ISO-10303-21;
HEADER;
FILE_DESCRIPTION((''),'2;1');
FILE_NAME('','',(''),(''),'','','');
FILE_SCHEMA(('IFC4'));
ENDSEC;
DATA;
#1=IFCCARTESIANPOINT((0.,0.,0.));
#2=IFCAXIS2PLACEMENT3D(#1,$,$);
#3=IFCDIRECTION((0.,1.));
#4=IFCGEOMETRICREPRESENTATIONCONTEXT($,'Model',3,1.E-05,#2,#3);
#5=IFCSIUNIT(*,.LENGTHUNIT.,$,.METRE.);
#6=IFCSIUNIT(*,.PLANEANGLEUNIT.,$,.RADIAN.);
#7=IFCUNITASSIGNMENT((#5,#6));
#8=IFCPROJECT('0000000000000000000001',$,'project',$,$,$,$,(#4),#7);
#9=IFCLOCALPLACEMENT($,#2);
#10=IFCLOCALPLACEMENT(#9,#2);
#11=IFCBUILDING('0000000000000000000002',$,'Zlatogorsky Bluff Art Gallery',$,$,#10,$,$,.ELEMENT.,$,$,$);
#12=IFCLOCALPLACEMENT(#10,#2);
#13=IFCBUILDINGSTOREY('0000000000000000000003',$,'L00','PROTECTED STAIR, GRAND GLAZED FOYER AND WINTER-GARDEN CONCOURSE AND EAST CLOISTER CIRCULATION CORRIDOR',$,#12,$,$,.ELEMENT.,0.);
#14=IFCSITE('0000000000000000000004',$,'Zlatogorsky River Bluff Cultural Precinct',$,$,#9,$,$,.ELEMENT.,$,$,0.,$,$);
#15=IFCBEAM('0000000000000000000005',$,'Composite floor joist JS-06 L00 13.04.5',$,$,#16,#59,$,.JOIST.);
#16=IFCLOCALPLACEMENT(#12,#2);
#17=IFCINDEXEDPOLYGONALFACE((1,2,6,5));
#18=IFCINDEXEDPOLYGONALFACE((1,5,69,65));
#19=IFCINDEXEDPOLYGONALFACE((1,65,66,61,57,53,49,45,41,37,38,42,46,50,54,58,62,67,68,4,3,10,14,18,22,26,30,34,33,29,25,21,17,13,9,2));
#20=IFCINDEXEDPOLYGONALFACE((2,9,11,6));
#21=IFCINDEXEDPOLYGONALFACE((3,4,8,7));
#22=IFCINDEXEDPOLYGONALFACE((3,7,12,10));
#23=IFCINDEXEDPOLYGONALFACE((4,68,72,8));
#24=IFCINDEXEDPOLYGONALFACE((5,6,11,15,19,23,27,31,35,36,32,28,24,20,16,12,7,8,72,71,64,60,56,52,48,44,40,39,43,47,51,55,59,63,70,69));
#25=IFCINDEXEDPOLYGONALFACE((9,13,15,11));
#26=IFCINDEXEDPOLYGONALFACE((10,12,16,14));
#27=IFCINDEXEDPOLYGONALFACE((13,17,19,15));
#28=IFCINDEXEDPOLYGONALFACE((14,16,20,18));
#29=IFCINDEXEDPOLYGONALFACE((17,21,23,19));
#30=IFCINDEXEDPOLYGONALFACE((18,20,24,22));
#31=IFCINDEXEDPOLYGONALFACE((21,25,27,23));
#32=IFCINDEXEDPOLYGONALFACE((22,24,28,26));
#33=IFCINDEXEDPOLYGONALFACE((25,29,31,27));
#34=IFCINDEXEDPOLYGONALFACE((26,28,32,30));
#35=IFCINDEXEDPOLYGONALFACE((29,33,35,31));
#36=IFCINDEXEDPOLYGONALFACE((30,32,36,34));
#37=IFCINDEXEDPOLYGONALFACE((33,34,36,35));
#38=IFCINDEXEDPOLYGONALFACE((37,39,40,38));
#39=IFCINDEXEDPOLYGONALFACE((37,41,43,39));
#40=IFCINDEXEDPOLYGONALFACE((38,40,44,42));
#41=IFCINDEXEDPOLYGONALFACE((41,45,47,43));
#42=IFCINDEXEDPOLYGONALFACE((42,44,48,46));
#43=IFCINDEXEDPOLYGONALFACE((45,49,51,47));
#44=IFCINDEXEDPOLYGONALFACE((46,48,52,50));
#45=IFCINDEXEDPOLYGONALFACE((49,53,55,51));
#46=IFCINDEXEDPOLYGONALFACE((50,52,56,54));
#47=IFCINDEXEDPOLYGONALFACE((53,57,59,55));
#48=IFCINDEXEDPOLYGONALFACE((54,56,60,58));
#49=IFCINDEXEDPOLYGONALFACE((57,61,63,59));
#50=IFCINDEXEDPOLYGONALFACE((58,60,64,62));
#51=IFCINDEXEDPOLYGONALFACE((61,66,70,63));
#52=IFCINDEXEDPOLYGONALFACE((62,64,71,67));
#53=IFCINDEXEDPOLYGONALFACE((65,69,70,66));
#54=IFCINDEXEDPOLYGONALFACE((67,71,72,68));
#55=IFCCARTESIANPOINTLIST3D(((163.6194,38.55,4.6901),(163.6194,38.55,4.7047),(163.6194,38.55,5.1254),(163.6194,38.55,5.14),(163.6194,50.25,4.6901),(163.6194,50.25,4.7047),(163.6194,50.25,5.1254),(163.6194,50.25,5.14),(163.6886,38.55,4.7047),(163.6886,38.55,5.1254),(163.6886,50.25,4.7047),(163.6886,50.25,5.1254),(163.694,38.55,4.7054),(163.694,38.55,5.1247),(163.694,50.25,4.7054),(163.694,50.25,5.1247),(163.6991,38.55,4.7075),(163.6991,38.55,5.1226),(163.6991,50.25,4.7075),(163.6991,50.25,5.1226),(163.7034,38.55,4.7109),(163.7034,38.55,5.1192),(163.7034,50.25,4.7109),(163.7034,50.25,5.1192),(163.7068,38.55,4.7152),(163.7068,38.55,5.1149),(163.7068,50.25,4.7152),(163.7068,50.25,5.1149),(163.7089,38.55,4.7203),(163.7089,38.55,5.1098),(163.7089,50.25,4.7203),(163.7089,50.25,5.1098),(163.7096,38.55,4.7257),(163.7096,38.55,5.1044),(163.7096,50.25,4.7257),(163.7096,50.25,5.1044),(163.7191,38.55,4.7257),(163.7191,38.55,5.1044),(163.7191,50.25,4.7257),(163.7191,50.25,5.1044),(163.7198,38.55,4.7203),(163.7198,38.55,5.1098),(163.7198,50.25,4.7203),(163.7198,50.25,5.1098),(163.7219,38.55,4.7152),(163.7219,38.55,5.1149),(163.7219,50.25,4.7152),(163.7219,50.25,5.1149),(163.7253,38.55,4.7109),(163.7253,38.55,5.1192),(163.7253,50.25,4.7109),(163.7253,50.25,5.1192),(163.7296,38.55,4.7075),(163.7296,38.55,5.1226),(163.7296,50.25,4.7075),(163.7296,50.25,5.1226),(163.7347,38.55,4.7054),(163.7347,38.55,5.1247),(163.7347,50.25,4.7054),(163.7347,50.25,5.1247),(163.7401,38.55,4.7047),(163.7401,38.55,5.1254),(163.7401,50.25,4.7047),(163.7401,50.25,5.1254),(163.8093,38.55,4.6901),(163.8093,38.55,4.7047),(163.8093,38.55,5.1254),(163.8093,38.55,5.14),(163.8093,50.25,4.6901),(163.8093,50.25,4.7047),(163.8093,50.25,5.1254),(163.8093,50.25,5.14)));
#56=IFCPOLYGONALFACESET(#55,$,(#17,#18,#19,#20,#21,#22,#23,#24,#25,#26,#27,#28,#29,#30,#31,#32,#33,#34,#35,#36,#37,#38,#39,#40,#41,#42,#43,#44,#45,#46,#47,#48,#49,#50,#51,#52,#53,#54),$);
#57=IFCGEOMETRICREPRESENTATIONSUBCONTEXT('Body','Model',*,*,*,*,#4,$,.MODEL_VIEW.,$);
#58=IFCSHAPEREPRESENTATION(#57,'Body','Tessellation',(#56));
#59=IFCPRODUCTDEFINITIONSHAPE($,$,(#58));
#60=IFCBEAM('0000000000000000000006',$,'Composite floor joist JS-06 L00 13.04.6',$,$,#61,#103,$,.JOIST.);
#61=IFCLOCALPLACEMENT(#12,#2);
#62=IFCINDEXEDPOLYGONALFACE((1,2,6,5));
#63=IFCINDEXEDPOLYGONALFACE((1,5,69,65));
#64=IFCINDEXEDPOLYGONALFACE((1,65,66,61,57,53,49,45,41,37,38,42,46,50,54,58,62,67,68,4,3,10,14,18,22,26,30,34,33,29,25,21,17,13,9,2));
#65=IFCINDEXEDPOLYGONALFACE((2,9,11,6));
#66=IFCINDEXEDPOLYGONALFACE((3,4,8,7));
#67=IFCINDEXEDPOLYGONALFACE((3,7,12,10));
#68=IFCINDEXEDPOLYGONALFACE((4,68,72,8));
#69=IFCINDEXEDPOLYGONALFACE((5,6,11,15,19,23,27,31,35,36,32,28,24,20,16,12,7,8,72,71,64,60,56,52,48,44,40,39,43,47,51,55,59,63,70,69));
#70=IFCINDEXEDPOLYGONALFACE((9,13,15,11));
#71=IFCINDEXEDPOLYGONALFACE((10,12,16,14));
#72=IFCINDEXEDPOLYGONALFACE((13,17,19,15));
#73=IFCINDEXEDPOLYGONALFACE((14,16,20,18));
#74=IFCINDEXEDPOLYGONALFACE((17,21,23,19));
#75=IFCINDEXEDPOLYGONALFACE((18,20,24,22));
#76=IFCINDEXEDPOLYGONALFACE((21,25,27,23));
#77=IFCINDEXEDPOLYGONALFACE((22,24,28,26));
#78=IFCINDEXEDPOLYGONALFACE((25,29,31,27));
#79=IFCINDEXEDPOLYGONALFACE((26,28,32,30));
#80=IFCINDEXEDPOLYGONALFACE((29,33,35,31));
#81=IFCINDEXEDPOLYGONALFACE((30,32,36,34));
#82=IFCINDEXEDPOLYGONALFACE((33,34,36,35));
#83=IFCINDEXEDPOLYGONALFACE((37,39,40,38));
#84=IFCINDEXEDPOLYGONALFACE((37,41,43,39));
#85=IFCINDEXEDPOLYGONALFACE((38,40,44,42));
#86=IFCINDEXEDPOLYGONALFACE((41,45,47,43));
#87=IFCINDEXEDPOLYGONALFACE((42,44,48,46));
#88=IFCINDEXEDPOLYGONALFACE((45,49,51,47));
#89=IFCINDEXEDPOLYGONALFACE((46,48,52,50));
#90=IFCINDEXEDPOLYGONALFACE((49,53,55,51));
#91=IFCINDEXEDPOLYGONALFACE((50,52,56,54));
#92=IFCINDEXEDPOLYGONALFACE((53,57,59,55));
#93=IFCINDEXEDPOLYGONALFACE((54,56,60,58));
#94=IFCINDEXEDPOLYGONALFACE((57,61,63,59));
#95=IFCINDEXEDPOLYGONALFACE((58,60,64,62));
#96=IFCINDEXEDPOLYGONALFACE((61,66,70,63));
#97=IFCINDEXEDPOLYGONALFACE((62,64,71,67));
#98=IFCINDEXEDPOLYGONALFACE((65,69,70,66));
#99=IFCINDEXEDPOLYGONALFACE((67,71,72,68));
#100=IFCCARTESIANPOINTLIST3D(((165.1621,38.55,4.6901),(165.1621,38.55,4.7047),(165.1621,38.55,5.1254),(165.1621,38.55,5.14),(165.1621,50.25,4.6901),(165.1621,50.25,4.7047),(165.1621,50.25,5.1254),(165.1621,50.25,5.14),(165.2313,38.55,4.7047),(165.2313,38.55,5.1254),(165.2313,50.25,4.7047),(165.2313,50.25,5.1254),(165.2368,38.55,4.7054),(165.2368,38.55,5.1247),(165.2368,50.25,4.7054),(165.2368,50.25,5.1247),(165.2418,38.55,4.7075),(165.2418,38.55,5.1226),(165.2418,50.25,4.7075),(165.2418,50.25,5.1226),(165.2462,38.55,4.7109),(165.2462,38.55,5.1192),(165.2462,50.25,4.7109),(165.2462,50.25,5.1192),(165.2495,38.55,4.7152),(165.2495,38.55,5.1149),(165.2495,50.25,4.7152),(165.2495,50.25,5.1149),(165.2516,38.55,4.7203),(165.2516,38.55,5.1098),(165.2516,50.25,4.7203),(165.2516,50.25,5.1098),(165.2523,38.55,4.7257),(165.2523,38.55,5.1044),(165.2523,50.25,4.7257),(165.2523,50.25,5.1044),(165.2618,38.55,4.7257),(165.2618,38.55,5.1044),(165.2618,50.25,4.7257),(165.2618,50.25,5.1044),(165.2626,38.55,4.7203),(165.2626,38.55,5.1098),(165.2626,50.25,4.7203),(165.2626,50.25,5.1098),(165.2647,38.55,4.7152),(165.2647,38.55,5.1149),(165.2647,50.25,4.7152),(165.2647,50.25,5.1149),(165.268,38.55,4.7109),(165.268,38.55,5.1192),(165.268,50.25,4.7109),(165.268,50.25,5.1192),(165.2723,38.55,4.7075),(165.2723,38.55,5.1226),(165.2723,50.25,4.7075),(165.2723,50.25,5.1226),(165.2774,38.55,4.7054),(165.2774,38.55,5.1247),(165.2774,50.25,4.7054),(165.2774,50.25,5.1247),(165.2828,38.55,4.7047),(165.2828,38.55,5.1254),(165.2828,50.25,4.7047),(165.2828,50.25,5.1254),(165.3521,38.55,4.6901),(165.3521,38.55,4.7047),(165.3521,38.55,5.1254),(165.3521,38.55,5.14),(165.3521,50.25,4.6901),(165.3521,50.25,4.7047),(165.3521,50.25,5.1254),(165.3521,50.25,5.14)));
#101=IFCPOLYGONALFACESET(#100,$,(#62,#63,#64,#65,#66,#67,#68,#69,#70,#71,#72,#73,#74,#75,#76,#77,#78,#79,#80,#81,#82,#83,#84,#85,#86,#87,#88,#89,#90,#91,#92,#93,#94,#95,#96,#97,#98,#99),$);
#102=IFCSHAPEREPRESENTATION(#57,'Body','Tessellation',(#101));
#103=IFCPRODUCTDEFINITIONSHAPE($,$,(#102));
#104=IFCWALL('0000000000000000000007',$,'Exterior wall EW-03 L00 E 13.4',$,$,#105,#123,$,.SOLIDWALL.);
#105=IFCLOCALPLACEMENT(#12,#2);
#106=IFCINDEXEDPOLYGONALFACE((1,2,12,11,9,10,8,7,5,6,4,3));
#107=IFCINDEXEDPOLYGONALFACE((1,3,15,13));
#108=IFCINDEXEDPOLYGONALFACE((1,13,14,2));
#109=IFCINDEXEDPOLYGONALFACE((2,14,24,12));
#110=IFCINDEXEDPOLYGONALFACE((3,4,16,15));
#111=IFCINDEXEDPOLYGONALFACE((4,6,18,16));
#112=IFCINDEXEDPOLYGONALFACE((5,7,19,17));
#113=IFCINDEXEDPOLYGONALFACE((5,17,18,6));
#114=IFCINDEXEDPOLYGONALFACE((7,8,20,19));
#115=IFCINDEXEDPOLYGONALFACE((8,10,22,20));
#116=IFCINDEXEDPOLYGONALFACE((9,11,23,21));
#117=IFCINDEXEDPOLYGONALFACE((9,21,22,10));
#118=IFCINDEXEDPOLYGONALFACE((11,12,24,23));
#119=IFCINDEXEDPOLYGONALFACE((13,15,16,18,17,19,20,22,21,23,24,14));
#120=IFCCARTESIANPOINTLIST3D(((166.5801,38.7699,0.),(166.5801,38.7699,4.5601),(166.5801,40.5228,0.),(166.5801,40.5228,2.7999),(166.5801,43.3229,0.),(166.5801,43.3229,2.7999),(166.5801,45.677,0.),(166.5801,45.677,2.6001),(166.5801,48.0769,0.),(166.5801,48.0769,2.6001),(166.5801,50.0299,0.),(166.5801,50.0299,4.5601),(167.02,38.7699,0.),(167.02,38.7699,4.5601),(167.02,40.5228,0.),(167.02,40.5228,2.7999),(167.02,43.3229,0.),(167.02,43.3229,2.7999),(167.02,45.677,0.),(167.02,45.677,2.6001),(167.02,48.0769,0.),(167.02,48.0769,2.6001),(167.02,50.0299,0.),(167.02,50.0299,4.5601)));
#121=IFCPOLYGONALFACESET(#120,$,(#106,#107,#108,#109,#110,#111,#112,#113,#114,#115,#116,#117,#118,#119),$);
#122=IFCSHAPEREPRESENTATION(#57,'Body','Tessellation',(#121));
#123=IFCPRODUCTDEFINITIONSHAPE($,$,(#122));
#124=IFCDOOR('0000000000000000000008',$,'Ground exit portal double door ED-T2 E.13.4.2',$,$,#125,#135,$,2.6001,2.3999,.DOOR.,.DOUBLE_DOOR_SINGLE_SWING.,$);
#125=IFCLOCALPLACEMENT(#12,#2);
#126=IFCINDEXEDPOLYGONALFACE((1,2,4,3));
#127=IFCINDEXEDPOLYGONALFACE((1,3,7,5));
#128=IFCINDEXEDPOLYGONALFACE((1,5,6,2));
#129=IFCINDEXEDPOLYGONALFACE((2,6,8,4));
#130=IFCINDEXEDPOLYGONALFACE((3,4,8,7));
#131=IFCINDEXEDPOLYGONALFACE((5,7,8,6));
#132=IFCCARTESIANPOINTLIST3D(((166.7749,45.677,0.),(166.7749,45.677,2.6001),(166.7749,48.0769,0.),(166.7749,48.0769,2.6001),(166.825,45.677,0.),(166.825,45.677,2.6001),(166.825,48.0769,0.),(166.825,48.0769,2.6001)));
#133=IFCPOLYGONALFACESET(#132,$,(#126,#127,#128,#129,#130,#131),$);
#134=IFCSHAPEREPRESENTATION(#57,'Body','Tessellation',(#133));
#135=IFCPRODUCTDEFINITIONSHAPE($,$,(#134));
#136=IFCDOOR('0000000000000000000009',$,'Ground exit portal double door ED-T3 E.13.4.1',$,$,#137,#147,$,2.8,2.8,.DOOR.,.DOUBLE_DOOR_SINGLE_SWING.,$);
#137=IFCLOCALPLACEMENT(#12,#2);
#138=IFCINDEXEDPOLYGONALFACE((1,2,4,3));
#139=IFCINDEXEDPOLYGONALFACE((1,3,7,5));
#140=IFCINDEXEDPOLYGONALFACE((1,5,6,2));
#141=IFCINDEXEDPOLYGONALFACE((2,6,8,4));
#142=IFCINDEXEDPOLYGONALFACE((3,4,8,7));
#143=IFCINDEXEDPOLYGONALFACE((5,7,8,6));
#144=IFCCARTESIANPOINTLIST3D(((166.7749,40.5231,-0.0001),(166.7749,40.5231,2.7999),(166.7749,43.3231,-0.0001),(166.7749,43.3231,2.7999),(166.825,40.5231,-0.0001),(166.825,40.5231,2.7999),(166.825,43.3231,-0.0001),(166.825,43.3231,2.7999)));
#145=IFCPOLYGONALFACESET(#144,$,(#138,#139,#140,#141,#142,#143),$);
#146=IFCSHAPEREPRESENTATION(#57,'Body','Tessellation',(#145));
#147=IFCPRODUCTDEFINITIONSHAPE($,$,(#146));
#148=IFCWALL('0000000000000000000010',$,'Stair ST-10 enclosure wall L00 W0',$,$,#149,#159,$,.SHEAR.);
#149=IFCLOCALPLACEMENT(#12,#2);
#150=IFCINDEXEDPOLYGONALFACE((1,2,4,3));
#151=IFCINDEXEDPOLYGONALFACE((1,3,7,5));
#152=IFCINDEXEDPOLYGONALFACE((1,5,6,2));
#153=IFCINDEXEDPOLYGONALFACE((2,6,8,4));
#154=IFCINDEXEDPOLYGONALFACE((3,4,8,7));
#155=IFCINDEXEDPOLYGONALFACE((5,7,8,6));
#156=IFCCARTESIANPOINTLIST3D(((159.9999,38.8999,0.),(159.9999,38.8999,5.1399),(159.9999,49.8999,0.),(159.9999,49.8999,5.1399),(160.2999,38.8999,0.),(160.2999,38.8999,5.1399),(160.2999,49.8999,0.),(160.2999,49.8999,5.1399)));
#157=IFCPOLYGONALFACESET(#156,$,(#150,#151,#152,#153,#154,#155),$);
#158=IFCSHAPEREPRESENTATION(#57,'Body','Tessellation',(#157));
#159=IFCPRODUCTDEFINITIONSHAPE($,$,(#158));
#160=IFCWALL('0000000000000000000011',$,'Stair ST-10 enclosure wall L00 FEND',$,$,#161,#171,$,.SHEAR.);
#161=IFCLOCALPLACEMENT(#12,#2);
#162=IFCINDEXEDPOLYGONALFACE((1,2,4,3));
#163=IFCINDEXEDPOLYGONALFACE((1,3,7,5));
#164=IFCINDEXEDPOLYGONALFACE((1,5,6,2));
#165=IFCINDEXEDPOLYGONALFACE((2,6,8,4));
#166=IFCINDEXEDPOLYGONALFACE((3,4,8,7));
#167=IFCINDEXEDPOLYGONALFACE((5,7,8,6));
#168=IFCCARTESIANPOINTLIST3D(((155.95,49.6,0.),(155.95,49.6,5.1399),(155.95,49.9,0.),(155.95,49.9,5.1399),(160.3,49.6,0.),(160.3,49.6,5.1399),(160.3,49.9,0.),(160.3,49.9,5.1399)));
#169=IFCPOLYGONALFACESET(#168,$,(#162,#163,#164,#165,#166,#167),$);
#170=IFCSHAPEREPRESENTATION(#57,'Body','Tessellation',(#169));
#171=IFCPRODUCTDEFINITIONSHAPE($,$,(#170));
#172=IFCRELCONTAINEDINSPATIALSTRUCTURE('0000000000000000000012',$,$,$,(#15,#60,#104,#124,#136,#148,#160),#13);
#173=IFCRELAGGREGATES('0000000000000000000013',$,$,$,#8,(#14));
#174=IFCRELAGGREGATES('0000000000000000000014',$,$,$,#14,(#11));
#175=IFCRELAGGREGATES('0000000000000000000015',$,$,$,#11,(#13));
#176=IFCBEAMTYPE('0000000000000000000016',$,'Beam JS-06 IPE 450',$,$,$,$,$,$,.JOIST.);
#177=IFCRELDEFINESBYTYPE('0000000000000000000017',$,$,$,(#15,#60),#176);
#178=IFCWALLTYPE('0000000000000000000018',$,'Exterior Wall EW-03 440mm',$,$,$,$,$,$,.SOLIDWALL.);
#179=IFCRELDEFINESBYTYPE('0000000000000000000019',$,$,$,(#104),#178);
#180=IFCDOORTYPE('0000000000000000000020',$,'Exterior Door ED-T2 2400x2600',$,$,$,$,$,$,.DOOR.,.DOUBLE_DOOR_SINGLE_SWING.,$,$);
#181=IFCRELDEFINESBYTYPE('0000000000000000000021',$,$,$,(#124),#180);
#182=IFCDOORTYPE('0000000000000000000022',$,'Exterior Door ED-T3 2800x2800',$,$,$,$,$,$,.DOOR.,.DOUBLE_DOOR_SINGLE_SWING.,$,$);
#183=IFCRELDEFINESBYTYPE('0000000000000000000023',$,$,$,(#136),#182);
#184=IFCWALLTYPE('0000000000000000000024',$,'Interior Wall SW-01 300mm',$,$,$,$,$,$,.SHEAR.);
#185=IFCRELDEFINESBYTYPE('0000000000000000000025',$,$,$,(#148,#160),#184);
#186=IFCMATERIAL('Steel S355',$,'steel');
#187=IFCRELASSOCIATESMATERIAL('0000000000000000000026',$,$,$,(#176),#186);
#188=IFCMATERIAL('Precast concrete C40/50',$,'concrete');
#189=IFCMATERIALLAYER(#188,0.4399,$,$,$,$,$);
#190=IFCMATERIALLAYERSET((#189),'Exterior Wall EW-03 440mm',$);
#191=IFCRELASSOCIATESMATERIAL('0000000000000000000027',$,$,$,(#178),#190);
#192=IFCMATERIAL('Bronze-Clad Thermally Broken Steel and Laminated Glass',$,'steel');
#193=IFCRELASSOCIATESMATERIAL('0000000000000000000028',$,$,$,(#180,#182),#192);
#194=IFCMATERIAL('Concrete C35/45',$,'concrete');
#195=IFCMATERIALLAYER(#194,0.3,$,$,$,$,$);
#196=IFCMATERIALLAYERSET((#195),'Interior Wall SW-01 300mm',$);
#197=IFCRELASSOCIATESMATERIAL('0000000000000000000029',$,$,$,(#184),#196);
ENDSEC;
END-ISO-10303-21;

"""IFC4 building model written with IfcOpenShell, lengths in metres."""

from ifc_helpers import new_model, si_unit, direction, frame, frame_2d, origin, origin_2d, place, context, subcontext, project, spatial, rectangle, i_section, extrude, material, layer, layer_set, material_profile, profile_set, type_object, element, fill, save


model = new_model("IFC4")

# Units and contexts
model_context = context("Model", 3, precision=1e-05, world=origin(), true_north=direction((0.0, 1.0)))
body_context = subcontext(model_context, "Body", "Model", "MODEL_VIEW")
ifc_project = project(units=[si_unit("LENGTHUNIT", "METRE"), si_unit("PLANEANGLEUNIT", "RADIAN")], contexts=[model_context])

# Site, building, storey
site_placement = place(None, origin())
site = spatial("IfcSite", under=ifc_project, at=site_placement, Name="Zlatogorsky River Bluff Cultural Precinct", CompositionType="ELEMENT", RefElevation=0.0)
building_placement = place(site_placement, origin())
building = spatial("IfcBuilding", under=site, at=building_placement, Name="Zlatogorsky Bluff Art Gallery", CompositionType="ELEMENT")
storey_placement = place(building_placement, origin())
storey = spatial("IfcBuildingStorey", under=building, at=storey_placement, Name="L00", Description="PROTECTED STAIR, GRAND GLAZED FOYER AND WINTER-GARDEN CONCOURSE AND EAST CLOISTER CIRCULATION CORRIDOR", CompositionType="ELEMENT", Elevation=0.0)

# Shared definitions
ifc_material_1 = material(Name="Concrete C35/45", Category="concrete")

# Beams
ifc_material_2 = material(Name="Steel S355", Category="steel")
ifc_material_profile_1 = material_profile(ifc_material_2, i_section(OverallWidth=0.1899, OverallDepth=0.45, WebThickness=0.0095, FlangeThickness=0.0146, FilletRadius=0.021, at=origin_2d()), Name="IPE 450")
ifc_profile_set_1 = profile_set([ifc_material_profile_1], Name="Steel S355")
beam_type_1 = type_object("IfcBeamType", Name="Beam JS-06 IPE 450", PredefinedType="JOIST", material=ifc_profile_set_1)
for number, where, z_axis, x_axis, name in (
    (1, (163.7144, 38.55, 4.915), (0.0, 1.0, 0.0), (-1.0, 0.0, 0.0), "Composite floor joist JS-06 L00 13.04.5"),
    (2, (165.2571, 38.55, 4.915), (0.0, 1.0, 0.0), (-1.0, 0.0, 0.0), "Composite floor joist JS-06 L00 13.04.6"),
):
    element("IfcBeam", number, at=place(storey_placement, frame(where, z_axis=z_axis, x_axis=x_axis)), inside=storey, type_object=beam_type_1, Name=name, PredefinedType="JOIST", context=body_context, shape_type="SweptSolid", body=[
        extrude(i_section(OverallWidth=0.1899, OverallDepth=0.45, WebThickness=0.0095, FlangeThickness=0.0146, FilletRadius=0.021, at=origin_2d()), origin(), (0.0, 0.0, 1.0), 11.7),
    ])

# Wall, openings, doors
ifc_material_3 = material(Name="Precast concrete C40/50", Category="concrete")
ifc_layer_1 = layer(ifc_material_3, 0.4399)
ifc_layer_set_1 = layer_set([ifc_layer_1], Name="Exterior Wall EW-03 440mm")
wall_type_1 = type_object("IfcWallType", Name="Exterior Wall EW-03 440mm", PredefinedType="SOLIDWALL", material=ifc_layer_set_1)
wall_1_placement = place(storey_placement, frame((166.8, 38.77, 0.0), z_axis=(0.0, 0.0, 1.0), x_axis=(0.0, 1.0, 0.0)))
wall_1 = element("IfcWall", 3, at=wall_1_placement, inside=storey, type_object=wall_type_1, Name="Exterior wall EW-03 L00 E 13.4", PredefinedType="SOLIDWALL", context=body_context, shape_type="SweptSolid", body=[
    extrude(rectangle(XDim=11.26, YDim=0.4399, at=frame_2d((5.6299, 0.0))), origin(), (0.0, 0.0, 1.0), 4.5601),
])
opening_1_placement = place(wall_1_placement, frame((1.7529, 0.0, 0.0)))
opening_1 = element("IfcOpeningElement", 4, at=opening_1_placement, cuts=wall_1, PredefinedType="OPENING", context=body_context, shape_type="SweptSolid", body=[
    extrude(rectangle(XDim=2.8, YDim=2.8, at=frame_2d((1.3999, 1.3999))), frame((0.0, 0.23, 0.0), z_axis=(0.0, -1.0, 0.0), x_axis=(1.0, 0.0, 0.0)), (0.0, 0.0, 1.0), 0.46),
])
opening_2_placement = place(wall_1_placement, frame((6.907, 0.0, 0.0)))
opening_2 = element("IfcOpeningElement", 5, at=opening_2_placement, cuts=wall_1, PredefinedType="OPENING", context=body_context, shape_type="SweptSolid", body=[
    extrude(rectangle(XDim=2.3999, YDim=2.6001, at=frame_2d((1.2, 1.3))), frame((0.0, 0.23, 0.0), z_axis=(0.0, -1.0, 0.0), x_axis=(1.0, 0.0, 0.0)), (0.0, 0.0, 1.0), 0.46),
])
ifc_material_4 = material(Name="Bronze-Clad Thermally Broken Steel and Laminated Glass", Category="steel")
door_type_1 = type_object("IfcDoorType", Name="Exterior Door ED-T2 2400x2600", OperationType="DOUBLE_DOOR_SINGLE_SWING", PredefinedType="DOOR", material=ifc_material_4)
door_1_placement = place(opening_2_placement, frame((2.3999, 0.0, 0.0), z_axis=(0.0, 0.0, 1.0), x_axis=(-1.0, 0.0, 0.0)))
door_1 = element("IfcDoor", 6, at=door_1_placement, inside=storey, type_object=door_type_1, Name="Ground exit portal double door ED-T2 E.13.4.2", OperationType="DOUBLE_DOOR_SINGLE_SWING", OverallHeight=2.6001, OverallWidth=2.3999, PredefinedType="DOOR", context=body_context, shape_type="SweptSolid", body=[
    extrude(rectangle(XDim=2.3999, YDim=2.6001, at=frame_2d((1.2, 1.3))), frame((0.0, 0.0249, 0.0), z_axis=(0.0, -1.0, 0.0), x_axis=(1.0, 0.0, 0.0)), (0.0, 0.0, 1.0), 0.05),
])
fill(opening_2, door_1)
door_type_2 = type_object("IfcDoorType", Name="Exterior Door ED-T3 2800x2800", OperationType="DOUBLE_DOOR_SINGLE_SWING", PredefinedType="DOOR", material=ifc_material_4)
door_2_placement = place(opening_1_placement, frame((2.8, 0.0, 0.0), z_axis=(0.0, 0.0, 1.0), x_axis=(-1.0, 0.0, 0.0)))
door_2 = element("IfcDoor", 7, at=door_2_placement, inside=storey, type_object=door_type_2, Name="Ground exit portal double door ED-T3 E.13.4.1", OperationType="DOUBLE_DOOR_SINGLE_SWING", OverallHeight=2.8, OverallWidth=2.8, PredefinedType="DOOR", context=body_context, shape_type="SweptSolid", body=[
    extrude(rectangle(XDim=2.8, YDim=2.8, at=frame_2d((1.3999, 1.3999))), frame((0.0, 0.0249, 0.0), z_axis=(0.0, -1.0, 0.0), x_axis=(1.0, 0.0, 0.0)), (0.0, 0.0, 1.0), 0.05),
])
fill(opening_1, door_2)

# Walls
ifc_layer_2 = layer(ifc_material_1, 0.3)
ifc_layer_set_2 = layer_set([ifc_layer_2], Name="Interior Wall SW-01 300mm")
wall_type_2 = type_object("IfcWallType", Name="Interior Wall SW-01 300mm", PredefinedType="SHEAR", material=ifc_layer_set_2)
wall_2_placement = place(storey_placement, frame((160.1499, 38.8999, 0.0), z_axis=(0.0, 0.0, 1.0), x_axis=(0.0, 1.0, 0.0)))
element("IfcWall", 8, at=wall_2_placement, inside=storey, type_object=wall_type_2, Name="Stair ST-10 enclosure wall L00 W0", PredefinedType="SHEAR", context=body_context, shape_type="SweptSolid", body=[
    extrude(rectangle(XDim=11.0, YDim=0.3, at=frame_2d((5.5, 0.0))), origin(), (0.0, 0.0, 1.0), 5.1399),
])
wall_3_placement = place(storey_placement, frame((160.3, 49.75, 0.0), z_axis=(0.0, 0.0, 1.0), x_axis=(-1.0, 0.0, 0.0)))
element("IfcWall", 9, at=wall_3_placement, inside=storey, type_object=wall_type_2, Name="Stair ST-10 enclosure wall L00 FEND", PredefinedType="SHEAR", context=body_context, shape_type="SweptSolid", body=[
    extrude(rectangle(XDim=4.3501, YDim=0.3, at=frame_2d((2.175, 0.0))), origin(), (0.0, 0.0, 1.0), 5.1399),
])

save(model, "model.ifc")
